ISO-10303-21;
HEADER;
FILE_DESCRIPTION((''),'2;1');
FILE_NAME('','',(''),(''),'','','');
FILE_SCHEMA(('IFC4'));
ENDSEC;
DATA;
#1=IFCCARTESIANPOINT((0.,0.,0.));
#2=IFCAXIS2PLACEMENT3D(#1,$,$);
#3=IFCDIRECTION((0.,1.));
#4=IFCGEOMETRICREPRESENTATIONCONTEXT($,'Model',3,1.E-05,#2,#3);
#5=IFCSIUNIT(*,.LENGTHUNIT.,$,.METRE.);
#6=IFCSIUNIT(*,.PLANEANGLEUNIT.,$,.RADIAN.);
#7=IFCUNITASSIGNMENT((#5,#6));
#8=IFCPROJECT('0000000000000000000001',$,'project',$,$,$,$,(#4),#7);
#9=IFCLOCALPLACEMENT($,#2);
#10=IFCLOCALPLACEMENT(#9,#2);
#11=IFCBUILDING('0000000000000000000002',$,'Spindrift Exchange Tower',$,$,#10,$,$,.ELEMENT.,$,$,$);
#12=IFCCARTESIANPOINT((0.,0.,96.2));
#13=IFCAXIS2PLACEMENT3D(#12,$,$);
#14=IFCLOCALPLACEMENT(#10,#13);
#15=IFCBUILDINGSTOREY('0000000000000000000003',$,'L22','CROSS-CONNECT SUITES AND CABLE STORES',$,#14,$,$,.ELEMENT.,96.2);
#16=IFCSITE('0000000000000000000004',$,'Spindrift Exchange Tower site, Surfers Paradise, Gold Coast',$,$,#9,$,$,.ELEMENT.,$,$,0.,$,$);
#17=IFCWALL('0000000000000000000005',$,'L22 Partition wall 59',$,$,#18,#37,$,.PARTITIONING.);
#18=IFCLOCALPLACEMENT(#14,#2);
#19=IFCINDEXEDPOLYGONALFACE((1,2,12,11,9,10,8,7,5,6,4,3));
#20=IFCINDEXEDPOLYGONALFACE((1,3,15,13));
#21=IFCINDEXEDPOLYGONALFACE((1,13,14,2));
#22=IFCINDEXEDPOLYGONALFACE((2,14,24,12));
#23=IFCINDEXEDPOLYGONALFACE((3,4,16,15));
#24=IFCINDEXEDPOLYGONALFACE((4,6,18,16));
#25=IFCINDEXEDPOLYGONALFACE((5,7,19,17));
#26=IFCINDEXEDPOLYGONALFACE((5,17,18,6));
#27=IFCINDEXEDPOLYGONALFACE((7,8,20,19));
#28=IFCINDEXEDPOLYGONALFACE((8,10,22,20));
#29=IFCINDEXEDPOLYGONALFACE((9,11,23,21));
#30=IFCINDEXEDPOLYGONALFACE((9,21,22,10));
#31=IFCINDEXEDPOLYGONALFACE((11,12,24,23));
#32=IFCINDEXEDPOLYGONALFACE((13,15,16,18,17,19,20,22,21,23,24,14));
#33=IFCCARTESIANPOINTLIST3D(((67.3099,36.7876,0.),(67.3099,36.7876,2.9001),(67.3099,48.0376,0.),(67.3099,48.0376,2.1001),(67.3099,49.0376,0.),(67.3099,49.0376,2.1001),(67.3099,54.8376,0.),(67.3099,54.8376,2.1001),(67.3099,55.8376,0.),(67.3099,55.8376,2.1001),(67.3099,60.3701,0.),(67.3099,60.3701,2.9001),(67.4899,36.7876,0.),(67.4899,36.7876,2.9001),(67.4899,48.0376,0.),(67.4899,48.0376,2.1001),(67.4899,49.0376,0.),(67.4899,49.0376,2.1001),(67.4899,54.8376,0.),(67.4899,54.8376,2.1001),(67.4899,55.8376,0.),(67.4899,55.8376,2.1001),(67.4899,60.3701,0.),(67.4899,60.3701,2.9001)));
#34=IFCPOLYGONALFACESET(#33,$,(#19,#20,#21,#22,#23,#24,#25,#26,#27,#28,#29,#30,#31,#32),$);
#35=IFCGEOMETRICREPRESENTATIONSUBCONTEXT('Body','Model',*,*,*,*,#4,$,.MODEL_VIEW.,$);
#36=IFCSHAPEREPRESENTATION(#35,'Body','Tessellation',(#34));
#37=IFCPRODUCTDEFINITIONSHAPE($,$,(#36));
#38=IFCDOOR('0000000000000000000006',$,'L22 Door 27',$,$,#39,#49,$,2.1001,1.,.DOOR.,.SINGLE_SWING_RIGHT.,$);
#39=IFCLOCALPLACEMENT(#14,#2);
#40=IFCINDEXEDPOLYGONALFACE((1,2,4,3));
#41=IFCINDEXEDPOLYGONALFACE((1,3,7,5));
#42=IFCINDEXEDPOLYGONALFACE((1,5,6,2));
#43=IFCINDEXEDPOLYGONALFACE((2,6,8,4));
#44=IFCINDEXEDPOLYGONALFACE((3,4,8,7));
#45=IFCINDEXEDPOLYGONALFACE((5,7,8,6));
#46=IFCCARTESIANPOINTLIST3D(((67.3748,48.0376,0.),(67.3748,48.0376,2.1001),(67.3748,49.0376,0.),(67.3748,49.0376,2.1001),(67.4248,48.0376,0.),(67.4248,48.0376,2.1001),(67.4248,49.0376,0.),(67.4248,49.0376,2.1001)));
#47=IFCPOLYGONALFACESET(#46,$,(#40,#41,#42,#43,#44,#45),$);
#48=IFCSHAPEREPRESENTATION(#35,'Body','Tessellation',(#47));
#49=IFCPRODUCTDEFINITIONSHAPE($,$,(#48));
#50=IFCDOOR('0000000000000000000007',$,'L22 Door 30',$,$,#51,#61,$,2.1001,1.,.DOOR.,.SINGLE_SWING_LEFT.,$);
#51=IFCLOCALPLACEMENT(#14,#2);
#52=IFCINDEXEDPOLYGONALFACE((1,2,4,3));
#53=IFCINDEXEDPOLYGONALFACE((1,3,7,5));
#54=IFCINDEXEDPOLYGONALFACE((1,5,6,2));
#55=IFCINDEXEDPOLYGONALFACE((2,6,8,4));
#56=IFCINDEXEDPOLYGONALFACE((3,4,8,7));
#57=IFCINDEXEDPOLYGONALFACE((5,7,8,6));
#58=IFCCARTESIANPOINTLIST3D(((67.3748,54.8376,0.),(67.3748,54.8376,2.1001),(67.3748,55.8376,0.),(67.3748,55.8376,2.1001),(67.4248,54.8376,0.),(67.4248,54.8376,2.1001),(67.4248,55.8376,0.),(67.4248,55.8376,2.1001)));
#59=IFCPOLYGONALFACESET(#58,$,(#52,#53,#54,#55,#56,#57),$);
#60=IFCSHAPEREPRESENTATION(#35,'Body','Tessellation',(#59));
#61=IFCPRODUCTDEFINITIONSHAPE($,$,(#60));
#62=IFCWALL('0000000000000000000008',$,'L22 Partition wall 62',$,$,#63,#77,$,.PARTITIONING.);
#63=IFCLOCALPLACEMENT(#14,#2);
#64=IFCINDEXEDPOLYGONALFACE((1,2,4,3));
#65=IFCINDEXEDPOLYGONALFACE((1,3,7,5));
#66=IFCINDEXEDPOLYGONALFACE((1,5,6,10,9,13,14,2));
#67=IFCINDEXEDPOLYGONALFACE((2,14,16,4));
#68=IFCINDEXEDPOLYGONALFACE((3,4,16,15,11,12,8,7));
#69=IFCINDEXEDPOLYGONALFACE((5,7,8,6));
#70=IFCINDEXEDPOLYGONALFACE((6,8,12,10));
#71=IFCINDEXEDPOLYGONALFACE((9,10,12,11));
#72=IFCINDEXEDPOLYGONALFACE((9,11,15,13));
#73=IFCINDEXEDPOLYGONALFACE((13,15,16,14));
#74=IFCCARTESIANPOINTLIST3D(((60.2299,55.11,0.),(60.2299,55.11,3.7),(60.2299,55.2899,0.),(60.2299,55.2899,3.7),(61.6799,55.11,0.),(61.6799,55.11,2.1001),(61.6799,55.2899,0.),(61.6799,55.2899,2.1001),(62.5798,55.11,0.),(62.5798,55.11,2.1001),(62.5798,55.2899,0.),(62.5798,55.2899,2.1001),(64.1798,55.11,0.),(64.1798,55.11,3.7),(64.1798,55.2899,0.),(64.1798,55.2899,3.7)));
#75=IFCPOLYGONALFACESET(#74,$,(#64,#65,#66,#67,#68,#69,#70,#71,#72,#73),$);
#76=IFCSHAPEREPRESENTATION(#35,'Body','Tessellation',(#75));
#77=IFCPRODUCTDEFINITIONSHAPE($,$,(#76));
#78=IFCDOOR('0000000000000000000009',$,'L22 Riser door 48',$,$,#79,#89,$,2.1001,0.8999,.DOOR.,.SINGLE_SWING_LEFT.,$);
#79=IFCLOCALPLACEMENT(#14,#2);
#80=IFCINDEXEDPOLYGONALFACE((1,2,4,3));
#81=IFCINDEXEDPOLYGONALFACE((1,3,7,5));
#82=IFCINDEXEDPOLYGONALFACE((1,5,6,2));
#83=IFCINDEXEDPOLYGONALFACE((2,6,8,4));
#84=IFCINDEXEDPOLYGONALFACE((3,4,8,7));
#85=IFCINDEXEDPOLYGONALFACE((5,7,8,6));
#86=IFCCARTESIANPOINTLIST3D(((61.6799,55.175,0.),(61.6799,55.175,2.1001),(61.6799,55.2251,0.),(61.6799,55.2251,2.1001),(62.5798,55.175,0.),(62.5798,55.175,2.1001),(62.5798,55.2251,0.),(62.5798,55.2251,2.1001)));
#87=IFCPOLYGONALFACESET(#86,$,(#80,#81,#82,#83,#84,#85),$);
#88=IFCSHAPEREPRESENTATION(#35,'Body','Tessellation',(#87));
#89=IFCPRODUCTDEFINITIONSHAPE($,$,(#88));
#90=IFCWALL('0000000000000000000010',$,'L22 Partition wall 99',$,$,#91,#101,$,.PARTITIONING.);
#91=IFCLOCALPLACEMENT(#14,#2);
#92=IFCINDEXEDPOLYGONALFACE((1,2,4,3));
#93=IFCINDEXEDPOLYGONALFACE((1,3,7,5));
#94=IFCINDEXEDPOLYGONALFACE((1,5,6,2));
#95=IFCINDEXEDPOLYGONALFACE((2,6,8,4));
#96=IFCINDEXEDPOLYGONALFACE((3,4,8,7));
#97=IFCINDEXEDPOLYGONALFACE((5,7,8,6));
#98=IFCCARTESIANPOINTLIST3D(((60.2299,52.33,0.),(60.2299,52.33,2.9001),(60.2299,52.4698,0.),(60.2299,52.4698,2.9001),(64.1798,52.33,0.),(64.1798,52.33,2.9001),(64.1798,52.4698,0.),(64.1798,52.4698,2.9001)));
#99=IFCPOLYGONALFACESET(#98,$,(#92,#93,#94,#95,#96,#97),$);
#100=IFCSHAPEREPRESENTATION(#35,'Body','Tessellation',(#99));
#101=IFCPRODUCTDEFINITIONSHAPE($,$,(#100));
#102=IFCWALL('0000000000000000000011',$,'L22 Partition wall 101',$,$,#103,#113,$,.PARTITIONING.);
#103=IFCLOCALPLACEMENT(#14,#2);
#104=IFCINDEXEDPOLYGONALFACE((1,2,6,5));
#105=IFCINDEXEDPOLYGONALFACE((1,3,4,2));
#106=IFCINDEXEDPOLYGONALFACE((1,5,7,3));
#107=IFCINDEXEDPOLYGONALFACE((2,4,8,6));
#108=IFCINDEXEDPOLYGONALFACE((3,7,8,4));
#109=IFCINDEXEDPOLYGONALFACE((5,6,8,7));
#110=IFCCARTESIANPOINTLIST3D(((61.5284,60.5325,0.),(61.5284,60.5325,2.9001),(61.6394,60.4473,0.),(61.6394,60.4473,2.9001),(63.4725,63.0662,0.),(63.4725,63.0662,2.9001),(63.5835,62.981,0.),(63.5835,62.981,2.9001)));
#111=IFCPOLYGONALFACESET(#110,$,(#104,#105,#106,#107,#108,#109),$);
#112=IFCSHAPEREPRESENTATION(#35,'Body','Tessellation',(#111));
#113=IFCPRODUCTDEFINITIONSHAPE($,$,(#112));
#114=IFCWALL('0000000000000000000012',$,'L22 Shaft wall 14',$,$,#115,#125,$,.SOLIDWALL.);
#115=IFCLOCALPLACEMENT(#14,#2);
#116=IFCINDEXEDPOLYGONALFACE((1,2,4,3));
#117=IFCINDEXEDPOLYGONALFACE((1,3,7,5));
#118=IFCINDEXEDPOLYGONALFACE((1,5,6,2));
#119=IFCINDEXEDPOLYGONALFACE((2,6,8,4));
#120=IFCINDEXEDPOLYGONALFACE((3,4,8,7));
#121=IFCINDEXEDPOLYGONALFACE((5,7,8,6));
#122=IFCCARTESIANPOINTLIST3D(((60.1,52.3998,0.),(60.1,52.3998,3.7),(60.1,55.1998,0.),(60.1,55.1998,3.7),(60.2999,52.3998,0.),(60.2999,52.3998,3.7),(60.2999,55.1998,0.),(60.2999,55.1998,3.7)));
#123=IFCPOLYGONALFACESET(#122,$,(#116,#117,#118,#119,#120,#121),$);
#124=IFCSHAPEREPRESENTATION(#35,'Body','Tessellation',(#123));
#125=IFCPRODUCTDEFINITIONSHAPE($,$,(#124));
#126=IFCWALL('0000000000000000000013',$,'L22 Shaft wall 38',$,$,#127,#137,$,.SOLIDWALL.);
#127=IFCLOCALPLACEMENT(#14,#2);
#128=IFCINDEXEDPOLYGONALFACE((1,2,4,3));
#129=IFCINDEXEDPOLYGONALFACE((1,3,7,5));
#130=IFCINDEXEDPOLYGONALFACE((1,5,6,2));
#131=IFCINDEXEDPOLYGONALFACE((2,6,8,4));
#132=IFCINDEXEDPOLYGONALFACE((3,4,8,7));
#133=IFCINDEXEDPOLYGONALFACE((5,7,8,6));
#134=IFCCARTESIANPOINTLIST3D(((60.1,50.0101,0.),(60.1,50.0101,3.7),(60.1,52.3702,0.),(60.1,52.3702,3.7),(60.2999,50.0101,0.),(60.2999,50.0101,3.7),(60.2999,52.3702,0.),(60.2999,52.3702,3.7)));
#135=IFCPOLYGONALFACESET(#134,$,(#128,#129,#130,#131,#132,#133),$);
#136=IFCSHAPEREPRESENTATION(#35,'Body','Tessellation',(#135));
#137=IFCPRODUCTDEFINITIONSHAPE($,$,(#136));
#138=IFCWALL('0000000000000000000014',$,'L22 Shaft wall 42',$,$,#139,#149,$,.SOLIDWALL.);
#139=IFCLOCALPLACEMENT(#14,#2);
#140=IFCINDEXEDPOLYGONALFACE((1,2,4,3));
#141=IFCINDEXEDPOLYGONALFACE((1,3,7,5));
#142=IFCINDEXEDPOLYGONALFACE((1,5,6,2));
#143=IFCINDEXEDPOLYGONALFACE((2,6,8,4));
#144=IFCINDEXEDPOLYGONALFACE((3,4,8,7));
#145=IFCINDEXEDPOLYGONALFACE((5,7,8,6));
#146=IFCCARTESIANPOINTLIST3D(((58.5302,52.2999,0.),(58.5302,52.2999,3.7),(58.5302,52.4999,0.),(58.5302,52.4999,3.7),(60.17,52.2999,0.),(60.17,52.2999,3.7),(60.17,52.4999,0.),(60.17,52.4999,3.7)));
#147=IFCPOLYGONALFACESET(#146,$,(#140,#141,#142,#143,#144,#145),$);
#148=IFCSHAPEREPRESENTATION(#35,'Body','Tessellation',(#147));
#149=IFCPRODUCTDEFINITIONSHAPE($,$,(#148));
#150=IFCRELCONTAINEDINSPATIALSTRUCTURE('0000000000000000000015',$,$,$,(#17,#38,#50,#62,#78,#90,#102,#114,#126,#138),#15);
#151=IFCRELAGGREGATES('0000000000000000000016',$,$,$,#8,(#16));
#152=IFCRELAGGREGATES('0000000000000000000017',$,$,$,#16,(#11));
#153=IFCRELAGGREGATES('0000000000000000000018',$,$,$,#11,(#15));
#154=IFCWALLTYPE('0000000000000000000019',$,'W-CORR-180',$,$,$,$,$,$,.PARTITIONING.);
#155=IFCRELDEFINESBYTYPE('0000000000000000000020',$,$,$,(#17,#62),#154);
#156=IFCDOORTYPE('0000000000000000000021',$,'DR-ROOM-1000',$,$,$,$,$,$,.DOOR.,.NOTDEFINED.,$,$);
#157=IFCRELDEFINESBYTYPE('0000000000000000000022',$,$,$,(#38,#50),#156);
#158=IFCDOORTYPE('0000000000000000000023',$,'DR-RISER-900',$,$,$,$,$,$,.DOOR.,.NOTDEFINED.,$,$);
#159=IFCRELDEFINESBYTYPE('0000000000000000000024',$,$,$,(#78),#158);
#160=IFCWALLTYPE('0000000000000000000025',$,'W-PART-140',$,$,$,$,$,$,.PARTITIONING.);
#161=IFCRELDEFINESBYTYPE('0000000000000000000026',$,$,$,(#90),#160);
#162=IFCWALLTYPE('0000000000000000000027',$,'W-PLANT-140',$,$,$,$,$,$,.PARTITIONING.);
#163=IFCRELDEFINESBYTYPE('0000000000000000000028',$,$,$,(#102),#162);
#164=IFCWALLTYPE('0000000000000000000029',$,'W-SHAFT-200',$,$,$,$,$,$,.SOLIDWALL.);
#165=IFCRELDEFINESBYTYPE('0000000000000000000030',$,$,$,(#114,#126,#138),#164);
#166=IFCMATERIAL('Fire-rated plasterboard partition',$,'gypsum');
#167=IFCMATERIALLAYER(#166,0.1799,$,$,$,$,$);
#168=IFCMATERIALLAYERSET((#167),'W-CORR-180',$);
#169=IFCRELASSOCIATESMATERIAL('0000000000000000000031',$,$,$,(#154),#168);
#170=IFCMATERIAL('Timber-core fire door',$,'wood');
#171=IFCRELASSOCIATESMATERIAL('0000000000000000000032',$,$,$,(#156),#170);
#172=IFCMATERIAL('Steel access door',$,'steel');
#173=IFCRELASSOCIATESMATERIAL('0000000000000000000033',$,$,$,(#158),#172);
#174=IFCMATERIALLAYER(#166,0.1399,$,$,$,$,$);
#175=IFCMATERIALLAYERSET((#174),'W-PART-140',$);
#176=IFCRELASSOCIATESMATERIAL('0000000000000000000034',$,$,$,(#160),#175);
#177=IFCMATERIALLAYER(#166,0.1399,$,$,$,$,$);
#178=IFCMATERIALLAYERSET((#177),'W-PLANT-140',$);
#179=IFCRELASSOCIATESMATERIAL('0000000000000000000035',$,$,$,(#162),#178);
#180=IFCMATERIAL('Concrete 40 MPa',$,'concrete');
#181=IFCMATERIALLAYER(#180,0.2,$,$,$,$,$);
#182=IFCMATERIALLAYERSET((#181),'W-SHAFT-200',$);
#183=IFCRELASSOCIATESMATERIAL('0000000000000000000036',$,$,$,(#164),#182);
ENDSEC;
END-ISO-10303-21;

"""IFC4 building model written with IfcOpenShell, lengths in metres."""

from ifc_helpers import new_model, si_unit, direction, frame, frame_2d, origin, place, context, subcontext, project, spatial, rectangle, extrude, source, transform, mapped, material, layer, layer_set, type_object, element, fill, save


model = new_model("IFC4")

# Units and contexts
model_context = context("Model", 3, precision=1e-05, world=origin(), true_north=direction((0.0, 1.0)))
body_context = subcontext(model_context, "Body", "Model", "MODEL_VIEW")
ifc_project = project(units=[si_unit("LENGTHUNIT", "METRE"), si_unit("PLANEANGLEUNIT", "RADIAN")], contexts=[model_context])

# Site, building, storey
site_placement = place(None, origin())
site = spatial("IfcSite", under=ifc_project, at=site_placement, Name="Spindrift Exchange Tower site, Surfers Paradise, Gold Coast", CompositionType="ELEMENT", RefElevation=0.0)
building_placement = place(site_placement, origin())
building = spatial("IfcBuilding", under=site, at=building_placement, Name="Spindrift Exchange Tower", CompositionType="ELEMENT")
storey_placement = place(building_placement, frame((0.0, 0.0, 96.2)))
storey = spatial("IfcBuildingStorey", under=building, at=storey_placement, Name="L22", Description="CROSS-CONNECT SUITES AND CABLE STORES", CompositionType="ELEMENT", Elevation=96.2)

# Wall, openings, doors
ifc_material_1 = material(Name="Fire-rated plasterboard partition", Category="gypsum")
ifc_layer_1 = layer(ifc_material_1, 0.1799)
ifc_layer_set_1 = layer_set([ifc_layer_1], Name="W-CORR-180")
wall_type_1 = type_object("IfcWallType", Name="W-CORR-180", PredefinedType="PARTITIONING", material=ifc_layer_set_1)
wall_1_placement = place(storey_placement, frame((67.3999, 60.3701, 0.0), z_axis=(0.0, 0.0, 1.0), x_axis=(0.0, -1.0, 0.0)))
wall_1 = element("IfcWall", 1, at=wall_1_placement, inside=storey, type_object=wall_type_1, Name="L22 Partition wall 59", PredefinedType="PARTITIONING", context=body_context, shape_type="SweptSolid", body=[
    extrude(rectangle(XDim=23.5825, YDim=0.1799, at=frame_2d((11.7913, 0.0))), origin(), (0.0, 0.0, 1.0), 2.9001),
])
opening_1_placement = place(wall_1_placement, frame((11.3325, 0.0, 0.0)))
opening_1 = element("IfcOpeningElement", 2, at=opening_1_placement, cuts=wall_1, PredefinedType="OPENING", context=body_context, shape_type="SweptSolid", body=[
    extrude(rectangle(XDim=1.0, YDim=2.1001, at=frame_2d((0.5, 1.05))), frame((0.0, 0.0999, 0.0), z_axis=(0.0, -1.0, 0.0), x_axis=(1.0, 0.0, 0.0)), (0.0, 0.0, 1.0), 0.2),
])
opening_2_placement = place(wall_1_placement, frame((4.5325, 0.0, 0.0)))
opening_2 = element("IfcOpeningElement", 3, at=opening_2_placement, cuts=wall_1, PredefinedType="OPENING", context=body_context, shape_type="SweptSolid", body=[
    extrude(rectangle(XDim=1.0, YDim=2.1001, at=frame_2d((0.5, 1.05))), frame((0.0, 0.0999, 0.0), z_axis=(0.0, -1.0, 0.0), x_axis=(1.0, 0.0, 0.0)), (0.0, 0.0, 1.0), 0.2),
])
ifc_material_2 = material(Name="Timber-core fire door", Category="wood")
door_type_1 = type_object("IfcDoorType", Name="DR-ROOM-1000", OperationType="NOTDEFINED", PredefinedType="DOOR", material=ifc_material_2)
shared_shape_1 = source(origin(), body_context, "Body", "SweptSolid", [
    extrude(rectangle(XDim=1.0, YDim=2.1001, at=frame_2d((0.5, 1.05))), frame((0.0, 0.0249, 0.0), z_axis=(0.0, -1.0, 0.0), x_axis=(1.0, 0.0, 0.0)), (0.0, 0.0, 1.0), 0.05),
])
door_1_placement = place(opening_1_placement, origin())
door_1 = element("IfcDoor", 4, at=door_1_placement, inside=storey, type_object=door_type_1, Name="L22 Door 27", OperationType="SINGLE_SWING_RIGHT", OverallHeight=2.1001, OverallWidth=1.0, PredefinedType="DOOR", context=body_context, shape_type="MappedRepresentation", body=[
    mapped(shared_shape_1, transform((0.0, 0.0, 0.0), scale=1.0)),
])
fill(opening_1, door_1)
door_2_placement = place(opening_2_placement, origin())
door_2 = element("IfcDoor", 5, at=door_2_placement, inside=storey, type_object=door_type_1, Name="L22 Door 30", OperationType="SINGLE_SWING_LEFT", OverallHeight=2.1001, OverallWidth=1.0, PredefinedType="DOOR", context=body_context, shape_type="MappedRepresentation", body=[
    mapped(shared_shape_1, transform((0.0, 0.0, 0.0), scale=1.0)),
])
fill(opening_2, door_2)

# Wall, opening, door
wall_2_placement = place(storey_placement, frame((64.1799, 55.2, 0.0), z_axis=(0.0, 0.0, 1.0), x_axis=(-1.0, 0.0, 0.0)))
wall_2 = element("IfcWall", 6, at=wall_2_placement, inside=storey, type_object=wall_type_1, Name="L22 Partition wall 62", PredefinedType="PARTITIONING", context=body_context, shape_type="SweptSolid", body=[
    extrude(rectangle(XDim=3.95, YDim=0.1799, at=frame_2d((1.9751, 0.0))), origin(), (0.0, 0.0, 1.0), 3.7),
])
opening_3_placement = place(wall_2_placement, frame((1.6001, 0.0, 0.0)))
opening_3 = element("IfcOpeningElement", 7, at=opening_3_placement, cuts=wall_2, PredefinedType="OPENING", context=body_context, shape_type="SweptSolid", body=[
    extrude(rectangle(XDim=0.8999, YDim=2.1001, at=frame_2d((0.45, 1.05))), frame((0.0, 0.0999, 0.0), z_axis=(0.0, -1.0, 0.0), x_axis=(1.0, 0.0, 0.0)), (0.0, 0.0, 1.0), 0.2),
])
ifc_material_3 = material(Name="Steel access door", Category="steel")
door_type_2 = type_object("IfcDoorType", Name="DR-RISER-900", OperationType="NOTDEFINED", PredefinedType="DOOR", material=ifc_material_3)
shared_shape_2 = source(origin(), body_context, "Body", "SweptSolid", [
    extrude(rectangle(XDim=0.8999, YDim=2.1001, at=frame_2d((0.45, 1.05))), frame((0.0, 0.0249, 0.0), z_axis=(0.0, -1.0, 0.0), x_axis=(1.0, 0.0, 0.0)), (0.0, 0.0, 1.0), 0.05),
])
door_3_placement = place(opening_3_placement, origin())
door_3 = element("IfcDoor", 8, at=door_3_placement, inside=storey, type_object=door_type_2, Name="L22 Riser door 48", OperationType="SINGLE_SWING_LEFT", OverallHeight=2.1001, OverallWidth=0.8999, PredefinedType="DOOR", context=body_context, shape_type="MappedRepresentation", body=[
    mapped(shared_shape_2, transform((0.0, 0.0, 0.0), scale=1.0)),
])
fill(opening_3, door_3)

# Walls
ifc_layer_2 = layer(ifc_material_1, 0.1399)
ifc_layer_set_2 = layer_set([ifc_layer_2], Name="W-PART-140")
wall_type_2 = type_object("IfcWallType", Name="W-PART-140", PredefinedType="PARTITIONING", material=ifc_layer_set_2)
wall_3_placement = place(storey_placement, frame((64.1799, 52.3999, 0.0), z_axis=(0.0, 0.0, 1.0), x_axis=(-1.0, 0.0, 0.0)))
element("IfcWall", 9, at=wall_3_placement, inside=storey, type_object=wall_type_2, Name="L22 Partition wall 99", PredefinedType="PARTITIONING", context=body_context, shape_type="SweptSolid", body=[
    extrude(rectangle(XDim=3.95, YDim=0.1399, at=frame_2d((1.9751, 0.0))), origin(), (0.0, 0.0, 1.0), 2.9001),
])
ifc_layer_3 = layer(ifc_material_1, 0.1399)
ifc_layer_set_3 = layer_set([ifc_layer_3], Name="W-PLANT-140")
wall_type_3 = type_object("IfcWallType", Name="W-PLANT-140", PredefinedType="PARTITIONING", material=ifc_layer_set_3)
wall_4_placement = place(storey_placement, frame((61.584, 60.49, 0.0), z_axis=(0.0, 0.0, 1.0), x_axis=(0.608746, 0.793365, 0.0)))
element("IfcWall", 10, at=wall_4_placement, inside=storey, type_object=wall_type_3, Name="L22 Partition wall 101", PredefinedType="PARTITIONING", context=body_context, shape_type="SweptSolid", body=[
    extrude(rectangle(XDim=3.1936, YDim=0.1399, at=frame_2d((1.5967, 0.0))), origin(), (0.0, 0.0, 1.0), 2.9001),
])
ifc_material_4 = material(Name="Concrete 40 MPa", Category="concrete")
ifc_layer_4 = layer(ifc_material_4, 0.2)
ifc_layer_set_4 = layer_set([ifc_layer_4], Name="W-SHAFT-200")
wall_type_4 = type_object("IfcWallType", Name="W-SHAFT-200", PredefinedType="SOLIDWALL", material=ifc_layer_set_4)
wall_5_placement = place(storey_placement, frame((60.2, 52.3999, 0.0), z_axis=(0.0, 0.0, 1.0), x_axis=(0.0, 1.0, 0.0)))
element("IfcWall", 11, at=wall_5_placement, inside=storey, type_object=wall_type_4, Name="L22 Shaft wall 14", PredefinedType="SOLIDWALL", context=body_context, shape_type="SweptSolid", body=[
    extrude(rectangle(XDim=2.8, YDim=0.2, at=frame_2d((1.3999, 0.0))), origin(), (0.0, 0.0, 1.0), 3.7),
])
wall_6_placement = place(storey_placement, frame((60.2, 50.01, 0.0), z_axis=(0.0, 0.0, 1.0), x_axis=(0.0, 1.0, 0.0)))
element("IfcWall", 12, at=wall_6_placement, inside=storey, type_object=wall_type_4, Name="L22 Shaft wall 38", PredefinedType="SOLIDWALL", context=body_context, shape_type="SweptSolid", body=[
    extrude(rectangle(XDim=2.3601, YDim=0.2, at=frame_2d((1.1802, 0.0))), origin(), (0.0, 0.0, 1.0), 3.7),
])
wall_7_placement = place(storey_placement, frame((60.1699, 52.3999, 0.0), z_axis=(0.0, 0.0, 1.0), x_axis=(-1.0, 0.0, 0.0)))
element("IfcWall", 13, at=wall_7_placement, inside=storey, type_object=wall_type_4, Name="L22 Shaft wall 42", PredefinedType="SOLIDWALL", context=body_context, shape_type="SweptSolid", body=[
    extrude(rectangle(XDim=1.6399, YDim=0.2, at=frame_2d((0.8198, 0.0))), origin(), (0.0, 0.0, 1.0), 3.7),
])

save(model, "model.ifc")
